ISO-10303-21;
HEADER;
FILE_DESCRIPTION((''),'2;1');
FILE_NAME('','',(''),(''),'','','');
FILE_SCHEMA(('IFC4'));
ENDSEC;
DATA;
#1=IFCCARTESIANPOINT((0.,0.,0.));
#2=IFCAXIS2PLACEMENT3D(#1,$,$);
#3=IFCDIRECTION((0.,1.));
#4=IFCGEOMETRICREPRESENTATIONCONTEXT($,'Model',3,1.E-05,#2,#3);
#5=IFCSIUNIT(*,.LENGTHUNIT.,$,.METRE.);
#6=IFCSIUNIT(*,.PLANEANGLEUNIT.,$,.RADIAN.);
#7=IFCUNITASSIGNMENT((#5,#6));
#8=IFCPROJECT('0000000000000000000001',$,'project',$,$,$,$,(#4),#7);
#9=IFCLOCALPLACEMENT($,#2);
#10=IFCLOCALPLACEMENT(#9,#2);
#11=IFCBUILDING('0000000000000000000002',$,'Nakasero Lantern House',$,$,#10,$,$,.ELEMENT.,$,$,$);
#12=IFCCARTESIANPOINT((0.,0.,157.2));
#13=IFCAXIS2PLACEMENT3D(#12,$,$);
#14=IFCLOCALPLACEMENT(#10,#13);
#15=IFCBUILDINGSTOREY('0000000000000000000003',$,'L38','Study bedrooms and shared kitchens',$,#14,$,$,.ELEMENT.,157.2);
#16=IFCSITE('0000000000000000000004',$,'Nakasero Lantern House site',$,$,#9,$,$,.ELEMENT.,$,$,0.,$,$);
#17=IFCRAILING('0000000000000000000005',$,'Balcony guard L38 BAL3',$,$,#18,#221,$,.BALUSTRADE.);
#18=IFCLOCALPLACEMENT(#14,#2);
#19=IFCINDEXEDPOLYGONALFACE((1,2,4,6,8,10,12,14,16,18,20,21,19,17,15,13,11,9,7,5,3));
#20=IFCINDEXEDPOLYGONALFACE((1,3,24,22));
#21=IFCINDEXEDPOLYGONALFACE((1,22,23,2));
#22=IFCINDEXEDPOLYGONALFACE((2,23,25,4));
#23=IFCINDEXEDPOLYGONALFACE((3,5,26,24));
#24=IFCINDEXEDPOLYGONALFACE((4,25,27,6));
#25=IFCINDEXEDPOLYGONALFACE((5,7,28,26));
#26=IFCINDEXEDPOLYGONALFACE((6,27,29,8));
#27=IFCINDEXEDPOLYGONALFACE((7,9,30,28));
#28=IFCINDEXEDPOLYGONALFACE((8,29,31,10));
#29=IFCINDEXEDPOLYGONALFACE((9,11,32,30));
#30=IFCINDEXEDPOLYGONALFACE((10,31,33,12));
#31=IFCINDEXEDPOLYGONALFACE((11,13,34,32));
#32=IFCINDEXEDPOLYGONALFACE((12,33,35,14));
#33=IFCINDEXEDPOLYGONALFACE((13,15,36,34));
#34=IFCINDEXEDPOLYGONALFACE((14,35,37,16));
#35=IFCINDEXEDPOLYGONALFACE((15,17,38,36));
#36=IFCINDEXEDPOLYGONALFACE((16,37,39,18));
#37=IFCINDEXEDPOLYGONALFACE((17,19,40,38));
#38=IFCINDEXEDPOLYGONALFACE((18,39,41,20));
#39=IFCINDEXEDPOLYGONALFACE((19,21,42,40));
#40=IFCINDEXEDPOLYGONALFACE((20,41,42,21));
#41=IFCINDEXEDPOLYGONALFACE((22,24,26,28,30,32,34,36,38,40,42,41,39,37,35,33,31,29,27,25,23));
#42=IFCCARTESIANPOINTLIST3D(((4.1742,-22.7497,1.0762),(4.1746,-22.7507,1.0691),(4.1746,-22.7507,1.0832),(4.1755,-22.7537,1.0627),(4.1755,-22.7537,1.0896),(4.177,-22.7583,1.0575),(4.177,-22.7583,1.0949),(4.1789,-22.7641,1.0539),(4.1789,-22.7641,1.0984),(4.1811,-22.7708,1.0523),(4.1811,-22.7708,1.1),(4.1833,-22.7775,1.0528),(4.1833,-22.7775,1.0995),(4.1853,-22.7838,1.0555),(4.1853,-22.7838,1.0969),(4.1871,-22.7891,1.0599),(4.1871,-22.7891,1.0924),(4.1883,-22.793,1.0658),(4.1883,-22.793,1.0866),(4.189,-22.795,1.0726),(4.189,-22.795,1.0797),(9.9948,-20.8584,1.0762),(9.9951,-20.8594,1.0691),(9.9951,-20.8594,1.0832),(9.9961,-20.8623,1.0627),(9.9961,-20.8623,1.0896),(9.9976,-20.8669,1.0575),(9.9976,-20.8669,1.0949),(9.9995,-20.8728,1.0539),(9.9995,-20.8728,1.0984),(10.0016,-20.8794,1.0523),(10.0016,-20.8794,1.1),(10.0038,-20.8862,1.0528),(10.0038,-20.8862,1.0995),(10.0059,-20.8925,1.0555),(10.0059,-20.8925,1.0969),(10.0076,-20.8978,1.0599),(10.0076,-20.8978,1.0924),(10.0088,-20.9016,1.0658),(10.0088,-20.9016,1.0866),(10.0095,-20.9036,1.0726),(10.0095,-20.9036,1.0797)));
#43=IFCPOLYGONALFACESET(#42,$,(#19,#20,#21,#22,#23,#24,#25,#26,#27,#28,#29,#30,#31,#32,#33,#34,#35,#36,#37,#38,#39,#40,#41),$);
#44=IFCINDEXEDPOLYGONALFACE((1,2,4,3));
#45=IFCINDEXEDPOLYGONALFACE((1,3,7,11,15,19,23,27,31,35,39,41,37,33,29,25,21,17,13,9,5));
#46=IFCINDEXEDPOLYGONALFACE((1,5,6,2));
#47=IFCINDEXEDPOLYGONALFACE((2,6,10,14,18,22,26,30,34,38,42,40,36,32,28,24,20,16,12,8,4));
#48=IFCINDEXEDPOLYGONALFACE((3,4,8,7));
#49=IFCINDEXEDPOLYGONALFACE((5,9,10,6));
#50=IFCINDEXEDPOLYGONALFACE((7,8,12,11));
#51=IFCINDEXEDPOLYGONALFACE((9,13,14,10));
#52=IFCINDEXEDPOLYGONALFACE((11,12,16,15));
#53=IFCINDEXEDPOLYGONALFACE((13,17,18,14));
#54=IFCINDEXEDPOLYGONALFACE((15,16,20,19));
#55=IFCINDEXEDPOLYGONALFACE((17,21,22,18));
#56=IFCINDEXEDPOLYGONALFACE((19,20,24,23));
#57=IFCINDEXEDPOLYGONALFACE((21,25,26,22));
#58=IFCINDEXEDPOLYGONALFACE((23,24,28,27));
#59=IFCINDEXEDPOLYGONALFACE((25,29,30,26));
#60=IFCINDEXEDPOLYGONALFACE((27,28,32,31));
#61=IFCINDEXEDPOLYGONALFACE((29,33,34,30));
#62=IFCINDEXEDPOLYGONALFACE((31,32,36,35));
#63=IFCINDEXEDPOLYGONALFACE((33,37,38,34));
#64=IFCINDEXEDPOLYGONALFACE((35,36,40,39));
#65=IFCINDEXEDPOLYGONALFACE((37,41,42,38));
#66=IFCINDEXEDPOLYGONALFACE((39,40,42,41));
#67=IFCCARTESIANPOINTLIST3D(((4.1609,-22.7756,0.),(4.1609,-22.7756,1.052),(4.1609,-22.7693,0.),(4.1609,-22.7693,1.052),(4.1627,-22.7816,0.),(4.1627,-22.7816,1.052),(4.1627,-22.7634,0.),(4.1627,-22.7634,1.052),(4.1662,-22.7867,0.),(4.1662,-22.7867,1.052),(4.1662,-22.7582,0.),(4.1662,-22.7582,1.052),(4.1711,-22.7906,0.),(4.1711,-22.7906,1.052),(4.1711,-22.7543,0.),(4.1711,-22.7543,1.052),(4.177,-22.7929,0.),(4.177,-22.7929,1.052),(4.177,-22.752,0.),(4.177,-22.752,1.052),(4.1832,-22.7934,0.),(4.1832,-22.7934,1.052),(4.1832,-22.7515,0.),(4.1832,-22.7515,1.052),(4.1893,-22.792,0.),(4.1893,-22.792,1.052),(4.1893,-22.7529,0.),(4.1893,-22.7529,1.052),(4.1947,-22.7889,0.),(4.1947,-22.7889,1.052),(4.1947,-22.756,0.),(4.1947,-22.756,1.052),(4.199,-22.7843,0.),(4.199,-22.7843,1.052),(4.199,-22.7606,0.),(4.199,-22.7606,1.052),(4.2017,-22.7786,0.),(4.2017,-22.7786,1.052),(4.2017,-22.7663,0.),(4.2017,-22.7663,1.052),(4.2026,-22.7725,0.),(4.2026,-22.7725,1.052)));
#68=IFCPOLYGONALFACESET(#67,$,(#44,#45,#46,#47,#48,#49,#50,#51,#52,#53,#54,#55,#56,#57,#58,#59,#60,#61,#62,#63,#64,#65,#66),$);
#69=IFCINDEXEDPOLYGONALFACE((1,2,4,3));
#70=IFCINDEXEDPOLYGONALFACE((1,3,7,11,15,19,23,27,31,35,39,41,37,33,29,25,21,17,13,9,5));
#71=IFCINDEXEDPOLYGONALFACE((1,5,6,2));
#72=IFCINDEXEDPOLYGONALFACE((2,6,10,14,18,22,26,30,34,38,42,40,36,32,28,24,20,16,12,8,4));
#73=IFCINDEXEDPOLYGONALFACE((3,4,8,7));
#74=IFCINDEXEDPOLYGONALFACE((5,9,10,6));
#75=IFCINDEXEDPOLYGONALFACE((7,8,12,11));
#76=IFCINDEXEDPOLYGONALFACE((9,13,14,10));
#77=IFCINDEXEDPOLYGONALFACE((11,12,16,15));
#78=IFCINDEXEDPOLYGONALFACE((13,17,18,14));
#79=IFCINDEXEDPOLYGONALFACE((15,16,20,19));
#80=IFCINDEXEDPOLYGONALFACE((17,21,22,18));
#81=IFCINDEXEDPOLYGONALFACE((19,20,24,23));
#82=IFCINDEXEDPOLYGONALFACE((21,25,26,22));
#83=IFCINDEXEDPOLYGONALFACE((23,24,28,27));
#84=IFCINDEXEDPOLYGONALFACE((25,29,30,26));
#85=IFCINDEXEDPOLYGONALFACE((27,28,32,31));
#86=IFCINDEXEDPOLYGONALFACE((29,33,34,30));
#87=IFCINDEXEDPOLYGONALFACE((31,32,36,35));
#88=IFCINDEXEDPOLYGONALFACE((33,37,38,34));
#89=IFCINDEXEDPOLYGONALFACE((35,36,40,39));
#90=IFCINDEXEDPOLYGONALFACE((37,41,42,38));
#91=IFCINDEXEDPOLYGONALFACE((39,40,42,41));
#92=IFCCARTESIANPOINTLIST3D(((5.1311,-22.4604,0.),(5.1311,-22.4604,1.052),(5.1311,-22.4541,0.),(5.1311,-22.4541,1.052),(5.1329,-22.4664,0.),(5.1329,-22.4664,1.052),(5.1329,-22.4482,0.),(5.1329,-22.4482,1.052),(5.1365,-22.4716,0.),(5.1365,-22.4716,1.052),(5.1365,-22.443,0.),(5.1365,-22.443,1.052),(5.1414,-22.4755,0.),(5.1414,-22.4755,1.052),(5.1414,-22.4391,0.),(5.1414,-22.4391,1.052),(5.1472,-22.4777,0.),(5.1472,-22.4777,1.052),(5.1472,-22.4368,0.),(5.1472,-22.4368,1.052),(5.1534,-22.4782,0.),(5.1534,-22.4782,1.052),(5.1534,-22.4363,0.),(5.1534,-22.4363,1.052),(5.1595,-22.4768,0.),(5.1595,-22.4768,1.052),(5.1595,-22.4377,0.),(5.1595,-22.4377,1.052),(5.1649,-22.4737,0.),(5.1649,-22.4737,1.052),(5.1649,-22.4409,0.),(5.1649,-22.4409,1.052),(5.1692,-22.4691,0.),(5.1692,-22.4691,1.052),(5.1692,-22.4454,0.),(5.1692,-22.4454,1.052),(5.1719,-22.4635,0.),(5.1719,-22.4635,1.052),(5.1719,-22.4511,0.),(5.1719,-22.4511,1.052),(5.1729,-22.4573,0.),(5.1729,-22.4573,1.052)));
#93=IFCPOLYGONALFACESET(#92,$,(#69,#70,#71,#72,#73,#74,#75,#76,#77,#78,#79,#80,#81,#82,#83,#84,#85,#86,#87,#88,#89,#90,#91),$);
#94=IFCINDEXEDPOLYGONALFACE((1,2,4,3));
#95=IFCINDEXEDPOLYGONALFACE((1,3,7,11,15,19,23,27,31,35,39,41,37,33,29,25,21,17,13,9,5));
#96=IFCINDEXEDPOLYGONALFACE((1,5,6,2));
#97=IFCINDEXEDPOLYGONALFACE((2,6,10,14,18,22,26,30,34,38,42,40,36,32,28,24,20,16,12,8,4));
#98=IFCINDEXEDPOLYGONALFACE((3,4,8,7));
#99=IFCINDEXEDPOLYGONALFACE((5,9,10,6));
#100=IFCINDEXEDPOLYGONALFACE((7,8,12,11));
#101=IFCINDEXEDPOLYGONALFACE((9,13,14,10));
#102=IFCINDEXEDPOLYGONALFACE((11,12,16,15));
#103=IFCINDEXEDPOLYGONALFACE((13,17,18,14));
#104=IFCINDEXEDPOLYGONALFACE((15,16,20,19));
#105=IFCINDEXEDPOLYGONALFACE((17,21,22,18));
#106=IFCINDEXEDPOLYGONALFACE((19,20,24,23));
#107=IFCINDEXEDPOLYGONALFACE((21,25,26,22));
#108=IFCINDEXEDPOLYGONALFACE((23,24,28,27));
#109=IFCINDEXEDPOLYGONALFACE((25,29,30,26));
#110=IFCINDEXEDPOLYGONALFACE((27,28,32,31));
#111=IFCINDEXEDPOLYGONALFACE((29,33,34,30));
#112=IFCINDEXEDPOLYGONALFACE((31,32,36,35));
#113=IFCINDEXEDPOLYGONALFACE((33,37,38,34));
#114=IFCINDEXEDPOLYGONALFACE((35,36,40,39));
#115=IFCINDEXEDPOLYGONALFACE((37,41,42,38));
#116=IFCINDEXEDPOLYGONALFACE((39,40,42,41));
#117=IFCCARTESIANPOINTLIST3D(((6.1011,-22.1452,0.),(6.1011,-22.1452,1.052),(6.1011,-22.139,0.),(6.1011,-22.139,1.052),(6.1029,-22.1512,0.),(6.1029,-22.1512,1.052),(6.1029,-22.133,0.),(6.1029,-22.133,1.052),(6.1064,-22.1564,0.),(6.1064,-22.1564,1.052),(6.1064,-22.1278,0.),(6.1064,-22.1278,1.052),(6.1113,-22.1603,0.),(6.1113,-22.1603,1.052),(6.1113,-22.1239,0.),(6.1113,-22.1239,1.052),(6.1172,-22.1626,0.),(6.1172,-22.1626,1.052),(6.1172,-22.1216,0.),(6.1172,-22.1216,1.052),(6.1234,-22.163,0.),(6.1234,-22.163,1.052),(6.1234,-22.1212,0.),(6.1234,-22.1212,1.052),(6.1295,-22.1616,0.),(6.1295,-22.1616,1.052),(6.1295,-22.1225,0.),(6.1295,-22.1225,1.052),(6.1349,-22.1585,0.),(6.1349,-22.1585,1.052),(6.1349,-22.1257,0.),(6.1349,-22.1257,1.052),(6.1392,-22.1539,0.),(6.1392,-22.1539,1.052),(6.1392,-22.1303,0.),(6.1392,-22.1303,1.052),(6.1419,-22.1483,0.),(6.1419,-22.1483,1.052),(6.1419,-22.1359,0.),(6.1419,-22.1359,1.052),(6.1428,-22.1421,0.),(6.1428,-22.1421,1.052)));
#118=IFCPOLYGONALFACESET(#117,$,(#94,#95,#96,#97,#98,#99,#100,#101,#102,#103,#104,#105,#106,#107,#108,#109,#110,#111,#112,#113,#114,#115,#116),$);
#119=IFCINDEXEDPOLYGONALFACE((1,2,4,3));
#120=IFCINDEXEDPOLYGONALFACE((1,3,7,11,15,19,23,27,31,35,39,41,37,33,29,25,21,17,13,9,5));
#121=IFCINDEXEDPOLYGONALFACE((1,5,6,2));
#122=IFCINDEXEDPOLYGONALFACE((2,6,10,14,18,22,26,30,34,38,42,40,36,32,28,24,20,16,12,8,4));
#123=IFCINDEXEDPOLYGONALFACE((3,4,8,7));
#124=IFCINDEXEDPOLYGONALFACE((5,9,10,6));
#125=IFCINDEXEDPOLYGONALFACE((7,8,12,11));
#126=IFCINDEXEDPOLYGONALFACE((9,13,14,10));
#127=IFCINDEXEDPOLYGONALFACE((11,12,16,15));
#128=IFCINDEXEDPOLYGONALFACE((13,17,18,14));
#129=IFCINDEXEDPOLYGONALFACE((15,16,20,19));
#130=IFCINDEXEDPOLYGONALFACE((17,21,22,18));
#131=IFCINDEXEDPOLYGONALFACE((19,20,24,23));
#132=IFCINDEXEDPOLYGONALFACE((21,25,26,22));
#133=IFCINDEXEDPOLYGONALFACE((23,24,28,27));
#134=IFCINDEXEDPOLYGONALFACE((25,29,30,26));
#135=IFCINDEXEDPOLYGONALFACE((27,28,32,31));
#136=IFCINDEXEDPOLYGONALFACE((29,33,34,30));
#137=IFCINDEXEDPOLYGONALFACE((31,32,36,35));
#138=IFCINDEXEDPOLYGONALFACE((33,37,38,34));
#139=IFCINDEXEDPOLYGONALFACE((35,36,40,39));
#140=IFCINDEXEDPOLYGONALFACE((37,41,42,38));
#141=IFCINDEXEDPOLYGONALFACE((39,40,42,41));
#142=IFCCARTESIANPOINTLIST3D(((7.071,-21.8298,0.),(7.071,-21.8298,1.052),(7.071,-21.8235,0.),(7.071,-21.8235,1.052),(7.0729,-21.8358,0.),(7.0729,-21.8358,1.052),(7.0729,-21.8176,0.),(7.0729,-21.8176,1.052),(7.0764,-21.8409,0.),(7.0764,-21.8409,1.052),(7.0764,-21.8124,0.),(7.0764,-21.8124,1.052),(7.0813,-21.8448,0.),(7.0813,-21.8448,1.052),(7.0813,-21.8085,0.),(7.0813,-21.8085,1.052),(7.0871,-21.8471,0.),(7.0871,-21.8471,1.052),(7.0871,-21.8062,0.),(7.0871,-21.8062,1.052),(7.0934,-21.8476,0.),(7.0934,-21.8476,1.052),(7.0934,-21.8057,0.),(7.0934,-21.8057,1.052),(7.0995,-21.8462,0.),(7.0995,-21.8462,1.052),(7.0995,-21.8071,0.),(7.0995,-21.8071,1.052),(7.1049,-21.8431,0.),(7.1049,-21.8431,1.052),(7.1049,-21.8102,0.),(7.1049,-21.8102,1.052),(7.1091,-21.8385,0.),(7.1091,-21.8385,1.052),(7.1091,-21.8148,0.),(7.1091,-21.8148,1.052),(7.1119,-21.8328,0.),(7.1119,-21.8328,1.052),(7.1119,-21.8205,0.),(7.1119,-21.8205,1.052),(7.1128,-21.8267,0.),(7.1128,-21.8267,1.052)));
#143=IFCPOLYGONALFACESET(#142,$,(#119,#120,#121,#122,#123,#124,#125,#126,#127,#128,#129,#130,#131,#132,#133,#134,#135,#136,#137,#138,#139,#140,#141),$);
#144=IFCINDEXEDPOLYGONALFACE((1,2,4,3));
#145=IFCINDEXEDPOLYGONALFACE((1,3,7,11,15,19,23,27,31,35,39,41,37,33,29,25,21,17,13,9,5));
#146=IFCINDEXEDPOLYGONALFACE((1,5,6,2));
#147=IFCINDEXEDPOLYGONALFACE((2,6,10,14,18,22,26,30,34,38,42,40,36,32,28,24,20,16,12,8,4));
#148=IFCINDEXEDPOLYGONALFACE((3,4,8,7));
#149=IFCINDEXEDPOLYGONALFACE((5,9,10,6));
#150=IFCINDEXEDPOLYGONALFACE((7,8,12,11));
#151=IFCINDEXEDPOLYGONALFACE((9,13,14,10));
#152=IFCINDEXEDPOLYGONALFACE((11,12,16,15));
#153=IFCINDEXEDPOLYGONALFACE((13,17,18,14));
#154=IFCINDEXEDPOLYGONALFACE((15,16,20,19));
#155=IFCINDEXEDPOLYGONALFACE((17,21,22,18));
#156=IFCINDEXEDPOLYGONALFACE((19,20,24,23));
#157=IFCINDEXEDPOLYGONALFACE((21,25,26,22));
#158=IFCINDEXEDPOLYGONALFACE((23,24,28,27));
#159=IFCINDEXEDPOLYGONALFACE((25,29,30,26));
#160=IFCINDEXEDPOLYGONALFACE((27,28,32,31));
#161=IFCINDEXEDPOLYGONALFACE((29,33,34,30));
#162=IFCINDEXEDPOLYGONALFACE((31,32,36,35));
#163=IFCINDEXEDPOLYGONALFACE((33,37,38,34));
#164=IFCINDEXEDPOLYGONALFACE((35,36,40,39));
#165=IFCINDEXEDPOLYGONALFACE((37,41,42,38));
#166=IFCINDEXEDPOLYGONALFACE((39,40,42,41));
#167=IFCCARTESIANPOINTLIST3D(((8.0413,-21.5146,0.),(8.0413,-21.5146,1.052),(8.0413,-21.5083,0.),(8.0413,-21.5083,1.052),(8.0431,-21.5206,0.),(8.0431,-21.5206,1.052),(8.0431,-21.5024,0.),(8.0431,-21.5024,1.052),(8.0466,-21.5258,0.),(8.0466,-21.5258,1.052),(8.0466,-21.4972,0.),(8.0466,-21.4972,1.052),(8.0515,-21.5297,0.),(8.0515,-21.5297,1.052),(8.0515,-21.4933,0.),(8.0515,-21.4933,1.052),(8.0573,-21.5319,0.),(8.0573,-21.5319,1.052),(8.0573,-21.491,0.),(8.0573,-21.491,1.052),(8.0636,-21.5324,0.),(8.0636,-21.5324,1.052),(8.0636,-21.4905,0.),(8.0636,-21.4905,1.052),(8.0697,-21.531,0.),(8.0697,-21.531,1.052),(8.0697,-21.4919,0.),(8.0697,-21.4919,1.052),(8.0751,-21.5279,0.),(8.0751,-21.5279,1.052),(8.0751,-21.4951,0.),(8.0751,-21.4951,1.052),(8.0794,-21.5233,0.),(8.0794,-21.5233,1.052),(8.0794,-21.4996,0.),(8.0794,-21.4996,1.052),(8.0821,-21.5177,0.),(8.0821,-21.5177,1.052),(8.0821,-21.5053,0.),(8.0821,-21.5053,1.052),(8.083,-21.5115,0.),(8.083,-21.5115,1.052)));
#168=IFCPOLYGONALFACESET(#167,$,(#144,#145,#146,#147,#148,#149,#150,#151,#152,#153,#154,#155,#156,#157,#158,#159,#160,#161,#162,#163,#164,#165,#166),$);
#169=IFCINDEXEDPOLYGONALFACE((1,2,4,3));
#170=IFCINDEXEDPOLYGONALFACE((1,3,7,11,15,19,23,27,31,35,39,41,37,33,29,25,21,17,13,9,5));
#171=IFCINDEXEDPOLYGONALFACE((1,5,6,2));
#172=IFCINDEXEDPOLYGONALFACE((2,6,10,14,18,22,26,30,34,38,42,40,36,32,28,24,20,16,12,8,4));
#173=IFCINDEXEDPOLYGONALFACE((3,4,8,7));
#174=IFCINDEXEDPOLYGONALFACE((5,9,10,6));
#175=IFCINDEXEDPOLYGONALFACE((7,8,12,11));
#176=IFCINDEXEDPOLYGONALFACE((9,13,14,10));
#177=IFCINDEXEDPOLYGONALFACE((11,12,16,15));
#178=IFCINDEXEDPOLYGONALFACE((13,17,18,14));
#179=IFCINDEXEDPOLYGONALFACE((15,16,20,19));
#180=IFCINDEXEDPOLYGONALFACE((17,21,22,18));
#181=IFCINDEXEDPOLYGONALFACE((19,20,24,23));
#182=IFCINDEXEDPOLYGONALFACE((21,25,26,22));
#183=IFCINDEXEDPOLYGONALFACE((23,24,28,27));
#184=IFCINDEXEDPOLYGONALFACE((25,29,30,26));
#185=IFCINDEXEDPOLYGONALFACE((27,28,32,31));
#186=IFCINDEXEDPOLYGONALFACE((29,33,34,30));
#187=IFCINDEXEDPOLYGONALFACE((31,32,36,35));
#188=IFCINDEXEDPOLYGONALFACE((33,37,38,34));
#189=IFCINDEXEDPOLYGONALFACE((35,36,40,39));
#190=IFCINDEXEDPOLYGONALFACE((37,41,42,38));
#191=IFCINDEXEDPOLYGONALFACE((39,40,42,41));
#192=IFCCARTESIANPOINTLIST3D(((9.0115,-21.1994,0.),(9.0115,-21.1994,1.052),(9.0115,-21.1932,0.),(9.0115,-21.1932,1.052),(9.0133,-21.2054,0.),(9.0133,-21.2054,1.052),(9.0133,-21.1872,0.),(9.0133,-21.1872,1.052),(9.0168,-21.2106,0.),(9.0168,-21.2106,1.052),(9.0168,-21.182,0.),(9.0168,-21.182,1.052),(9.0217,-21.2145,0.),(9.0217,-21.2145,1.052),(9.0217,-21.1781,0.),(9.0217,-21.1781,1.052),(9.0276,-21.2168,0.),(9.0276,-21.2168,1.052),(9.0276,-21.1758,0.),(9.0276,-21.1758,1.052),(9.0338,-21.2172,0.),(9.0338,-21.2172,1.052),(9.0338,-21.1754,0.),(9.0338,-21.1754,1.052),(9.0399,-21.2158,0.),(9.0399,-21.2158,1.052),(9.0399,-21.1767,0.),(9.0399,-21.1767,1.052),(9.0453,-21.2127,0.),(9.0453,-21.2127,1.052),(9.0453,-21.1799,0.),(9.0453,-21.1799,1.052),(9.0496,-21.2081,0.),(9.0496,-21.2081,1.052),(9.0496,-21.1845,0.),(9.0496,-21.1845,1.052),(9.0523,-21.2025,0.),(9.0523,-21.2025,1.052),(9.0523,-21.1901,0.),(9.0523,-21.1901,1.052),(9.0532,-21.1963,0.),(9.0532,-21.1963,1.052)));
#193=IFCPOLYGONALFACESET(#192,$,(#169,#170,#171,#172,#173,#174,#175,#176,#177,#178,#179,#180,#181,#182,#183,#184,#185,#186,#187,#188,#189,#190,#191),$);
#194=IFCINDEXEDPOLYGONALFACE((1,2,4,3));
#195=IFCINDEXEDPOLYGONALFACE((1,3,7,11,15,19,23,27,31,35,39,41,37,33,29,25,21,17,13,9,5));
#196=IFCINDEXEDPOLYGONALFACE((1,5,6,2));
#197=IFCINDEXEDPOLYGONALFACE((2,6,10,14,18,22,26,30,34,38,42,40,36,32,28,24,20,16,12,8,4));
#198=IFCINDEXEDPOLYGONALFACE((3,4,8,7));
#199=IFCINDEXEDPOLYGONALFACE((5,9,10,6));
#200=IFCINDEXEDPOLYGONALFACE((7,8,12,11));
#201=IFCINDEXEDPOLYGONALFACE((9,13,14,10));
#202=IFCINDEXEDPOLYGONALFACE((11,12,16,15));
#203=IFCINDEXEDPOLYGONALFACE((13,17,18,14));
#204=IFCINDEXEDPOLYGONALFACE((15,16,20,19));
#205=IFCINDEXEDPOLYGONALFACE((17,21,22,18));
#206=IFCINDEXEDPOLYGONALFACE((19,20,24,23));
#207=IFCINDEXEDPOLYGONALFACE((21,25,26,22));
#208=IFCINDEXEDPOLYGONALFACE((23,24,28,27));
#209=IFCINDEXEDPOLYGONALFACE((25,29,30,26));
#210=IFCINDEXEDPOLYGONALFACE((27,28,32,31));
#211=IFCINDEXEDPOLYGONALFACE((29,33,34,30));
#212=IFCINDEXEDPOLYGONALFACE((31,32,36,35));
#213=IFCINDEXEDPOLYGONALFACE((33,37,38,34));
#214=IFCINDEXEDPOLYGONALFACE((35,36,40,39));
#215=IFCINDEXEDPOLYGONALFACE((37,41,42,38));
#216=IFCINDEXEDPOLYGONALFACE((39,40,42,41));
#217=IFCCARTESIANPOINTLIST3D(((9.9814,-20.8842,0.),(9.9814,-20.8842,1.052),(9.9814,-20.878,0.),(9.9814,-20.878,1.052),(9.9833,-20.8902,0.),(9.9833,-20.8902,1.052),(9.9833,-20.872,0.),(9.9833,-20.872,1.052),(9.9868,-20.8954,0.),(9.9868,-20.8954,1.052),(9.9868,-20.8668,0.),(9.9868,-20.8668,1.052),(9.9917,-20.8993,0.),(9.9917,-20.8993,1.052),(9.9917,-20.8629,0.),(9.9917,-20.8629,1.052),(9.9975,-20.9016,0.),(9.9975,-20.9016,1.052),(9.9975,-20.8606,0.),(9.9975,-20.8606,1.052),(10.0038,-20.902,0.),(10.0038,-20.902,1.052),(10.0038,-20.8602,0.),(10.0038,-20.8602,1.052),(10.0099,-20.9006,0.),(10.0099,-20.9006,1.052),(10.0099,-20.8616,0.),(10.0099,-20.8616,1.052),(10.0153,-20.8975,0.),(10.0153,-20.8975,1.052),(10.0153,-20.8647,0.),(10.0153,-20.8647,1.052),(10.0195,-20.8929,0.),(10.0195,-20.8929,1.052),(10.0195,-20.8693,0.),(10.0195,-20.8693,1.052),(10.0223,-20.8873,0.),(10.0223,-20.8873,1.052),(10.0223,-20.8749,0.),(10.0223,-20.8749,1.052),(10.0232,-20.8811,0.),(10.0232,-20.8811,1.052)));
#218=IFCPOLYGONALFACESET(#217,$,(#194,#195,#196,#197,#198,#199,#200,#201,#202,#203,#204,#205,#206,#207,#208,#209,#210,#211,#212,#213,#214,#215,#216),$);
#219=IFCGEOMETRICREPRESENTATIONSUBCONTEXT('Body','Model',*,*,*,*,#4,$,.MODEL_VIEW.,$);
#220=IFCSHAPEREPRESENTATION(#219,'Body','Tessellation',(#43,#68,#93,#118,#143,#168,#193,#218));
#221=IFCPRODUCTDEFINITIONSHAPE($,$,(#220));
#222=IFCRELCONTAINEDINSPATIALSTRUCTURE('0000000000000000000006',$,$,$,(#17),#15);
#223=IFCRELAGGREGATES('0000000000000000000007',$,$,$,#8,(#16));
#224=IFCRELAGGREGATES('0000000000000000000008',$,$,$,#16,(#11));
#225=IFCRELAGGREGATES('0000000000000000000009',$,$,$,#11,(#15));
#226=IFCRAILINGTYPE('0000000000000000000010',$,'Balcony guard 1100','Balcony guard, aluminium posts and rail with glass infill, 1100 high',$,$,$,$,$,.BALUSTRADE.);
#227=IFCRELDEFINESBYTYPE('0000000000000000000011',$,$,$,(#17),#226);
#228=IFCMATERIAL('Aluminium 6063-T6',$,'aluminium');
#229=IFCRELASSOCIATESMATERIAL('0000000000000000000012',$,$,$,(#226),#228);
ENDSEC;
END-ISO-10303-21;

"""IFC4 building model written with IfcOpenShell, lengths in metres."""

from ifc_helpers import new_model, si_unit, direction, frame, origin, origin_2d, place, context, subcontext, project, spatial, circle, extrude, material, type_object, element, save


model = new_model("IFC4")

# Units and contexts
model_context = context("Model", 3, precision=1e-05, world=origin(), true_north=direction((0.0, 1.0)))
body_context = subcontext(model_context, "Body", "Model", "MODEL_VIEW")
ifc_project = project(units=[si_unit("LENGTHUNIT", "METRE"), si_unit("PLANEANGLEUNIT", "RADIAN")], contexts=[model_context])

# Site, building, storey
site_placement = place(None, origin())
site = spatial("IfcSite", under=ifc_project, at=site_placement, Name="Nakasero Lantern House site", CompositionType="ELEMENT", RefElevation=0.0)
building_placement = place(site_placement, origin())
building = spatial("IfcBuilding", under=site, at=building_placement, Name="Nakasero Lantern House", CompositionType="ELEMENT")
storey_placement = place(building_placement, frame((0.0, 0.0, 157.2)))
storey = spatial("IfcBuildingStorey", under=building, at=storey_placement, Name="L38", Description="Study bedrooms and shared kitchens", CompositionType="ELEMENT", Elevation=157.2)

# Railing
ifc_material_1 = material(Name="Aluminium 6063-T6", Category="aluminium")
railing_type = type_object("IfcRailingType", Name="Balcony guard 1100", Description="Balcony guard, aluminium posts and rail with glass infill, 1100 high", PredefinedType="BALUSTRADE", material=ifc_material_1)
railing_placement = place(storey_placement, frame((4.1816, -22.7725, 0.0)))
element("IfcRailing", 1, at=railing_placement, inside=storey, type_object=railing_type, Name="Balcony guard L38 BAL3", PredefinedType="BALUSTRADE", context=body_context, shape_type="SweptSolid", body=[
    extrude(circle(Radius=0.0239, at=origin_2d()), frame((0.0, 0.0, 1.0762), z_axis=(0.95105, 0.309038, 0.0), x_axis=(-0.309038, 0.95105, 0.0)), (0.0, 0.0, 1.0), 6.1201),
    extrude(circle(Radius=0.021, at=origin_2d()), origin(), (0.0, 0.0, 1.0), 1.052),
    extrude(circle(Radius=0.021, at=origin_2d()), frame((0.9702, 0.3152, 0.0)), (0.0, 0.0, 1.0), 1.052),
    extrude(circle(Radius=0.021, at=origin_2d()), frame((1.9402, 0.6304, 0.0)), (0.0, 0.0, 1.0), 1.052),
    extrude(circle(Radius=0.021, at=origin_2d()), frame((2.9102, 0.9458, 0.0)), (0.0, 0.0, 1.0), 1.052),
    extrude(circle(Radius=0.021, at=origin_2d()), frame((3.8804, 1.261, 0.0)), (0.0, 0.0, 1.0), 1.052),
    extrude(circle(Radius=0.021, at=origin_2d()), frame((4.8506, 1.5762, 0.0)), (0.0, 0.0, 1.0), 1.052),
    extrude(circle(Radius=0.021, at=origin_2d()), frame((5.8206, 1.8914, 0.0)), (0.0, 0.0, 1.0), 1.052),
])

save(model, "model.ifc")
